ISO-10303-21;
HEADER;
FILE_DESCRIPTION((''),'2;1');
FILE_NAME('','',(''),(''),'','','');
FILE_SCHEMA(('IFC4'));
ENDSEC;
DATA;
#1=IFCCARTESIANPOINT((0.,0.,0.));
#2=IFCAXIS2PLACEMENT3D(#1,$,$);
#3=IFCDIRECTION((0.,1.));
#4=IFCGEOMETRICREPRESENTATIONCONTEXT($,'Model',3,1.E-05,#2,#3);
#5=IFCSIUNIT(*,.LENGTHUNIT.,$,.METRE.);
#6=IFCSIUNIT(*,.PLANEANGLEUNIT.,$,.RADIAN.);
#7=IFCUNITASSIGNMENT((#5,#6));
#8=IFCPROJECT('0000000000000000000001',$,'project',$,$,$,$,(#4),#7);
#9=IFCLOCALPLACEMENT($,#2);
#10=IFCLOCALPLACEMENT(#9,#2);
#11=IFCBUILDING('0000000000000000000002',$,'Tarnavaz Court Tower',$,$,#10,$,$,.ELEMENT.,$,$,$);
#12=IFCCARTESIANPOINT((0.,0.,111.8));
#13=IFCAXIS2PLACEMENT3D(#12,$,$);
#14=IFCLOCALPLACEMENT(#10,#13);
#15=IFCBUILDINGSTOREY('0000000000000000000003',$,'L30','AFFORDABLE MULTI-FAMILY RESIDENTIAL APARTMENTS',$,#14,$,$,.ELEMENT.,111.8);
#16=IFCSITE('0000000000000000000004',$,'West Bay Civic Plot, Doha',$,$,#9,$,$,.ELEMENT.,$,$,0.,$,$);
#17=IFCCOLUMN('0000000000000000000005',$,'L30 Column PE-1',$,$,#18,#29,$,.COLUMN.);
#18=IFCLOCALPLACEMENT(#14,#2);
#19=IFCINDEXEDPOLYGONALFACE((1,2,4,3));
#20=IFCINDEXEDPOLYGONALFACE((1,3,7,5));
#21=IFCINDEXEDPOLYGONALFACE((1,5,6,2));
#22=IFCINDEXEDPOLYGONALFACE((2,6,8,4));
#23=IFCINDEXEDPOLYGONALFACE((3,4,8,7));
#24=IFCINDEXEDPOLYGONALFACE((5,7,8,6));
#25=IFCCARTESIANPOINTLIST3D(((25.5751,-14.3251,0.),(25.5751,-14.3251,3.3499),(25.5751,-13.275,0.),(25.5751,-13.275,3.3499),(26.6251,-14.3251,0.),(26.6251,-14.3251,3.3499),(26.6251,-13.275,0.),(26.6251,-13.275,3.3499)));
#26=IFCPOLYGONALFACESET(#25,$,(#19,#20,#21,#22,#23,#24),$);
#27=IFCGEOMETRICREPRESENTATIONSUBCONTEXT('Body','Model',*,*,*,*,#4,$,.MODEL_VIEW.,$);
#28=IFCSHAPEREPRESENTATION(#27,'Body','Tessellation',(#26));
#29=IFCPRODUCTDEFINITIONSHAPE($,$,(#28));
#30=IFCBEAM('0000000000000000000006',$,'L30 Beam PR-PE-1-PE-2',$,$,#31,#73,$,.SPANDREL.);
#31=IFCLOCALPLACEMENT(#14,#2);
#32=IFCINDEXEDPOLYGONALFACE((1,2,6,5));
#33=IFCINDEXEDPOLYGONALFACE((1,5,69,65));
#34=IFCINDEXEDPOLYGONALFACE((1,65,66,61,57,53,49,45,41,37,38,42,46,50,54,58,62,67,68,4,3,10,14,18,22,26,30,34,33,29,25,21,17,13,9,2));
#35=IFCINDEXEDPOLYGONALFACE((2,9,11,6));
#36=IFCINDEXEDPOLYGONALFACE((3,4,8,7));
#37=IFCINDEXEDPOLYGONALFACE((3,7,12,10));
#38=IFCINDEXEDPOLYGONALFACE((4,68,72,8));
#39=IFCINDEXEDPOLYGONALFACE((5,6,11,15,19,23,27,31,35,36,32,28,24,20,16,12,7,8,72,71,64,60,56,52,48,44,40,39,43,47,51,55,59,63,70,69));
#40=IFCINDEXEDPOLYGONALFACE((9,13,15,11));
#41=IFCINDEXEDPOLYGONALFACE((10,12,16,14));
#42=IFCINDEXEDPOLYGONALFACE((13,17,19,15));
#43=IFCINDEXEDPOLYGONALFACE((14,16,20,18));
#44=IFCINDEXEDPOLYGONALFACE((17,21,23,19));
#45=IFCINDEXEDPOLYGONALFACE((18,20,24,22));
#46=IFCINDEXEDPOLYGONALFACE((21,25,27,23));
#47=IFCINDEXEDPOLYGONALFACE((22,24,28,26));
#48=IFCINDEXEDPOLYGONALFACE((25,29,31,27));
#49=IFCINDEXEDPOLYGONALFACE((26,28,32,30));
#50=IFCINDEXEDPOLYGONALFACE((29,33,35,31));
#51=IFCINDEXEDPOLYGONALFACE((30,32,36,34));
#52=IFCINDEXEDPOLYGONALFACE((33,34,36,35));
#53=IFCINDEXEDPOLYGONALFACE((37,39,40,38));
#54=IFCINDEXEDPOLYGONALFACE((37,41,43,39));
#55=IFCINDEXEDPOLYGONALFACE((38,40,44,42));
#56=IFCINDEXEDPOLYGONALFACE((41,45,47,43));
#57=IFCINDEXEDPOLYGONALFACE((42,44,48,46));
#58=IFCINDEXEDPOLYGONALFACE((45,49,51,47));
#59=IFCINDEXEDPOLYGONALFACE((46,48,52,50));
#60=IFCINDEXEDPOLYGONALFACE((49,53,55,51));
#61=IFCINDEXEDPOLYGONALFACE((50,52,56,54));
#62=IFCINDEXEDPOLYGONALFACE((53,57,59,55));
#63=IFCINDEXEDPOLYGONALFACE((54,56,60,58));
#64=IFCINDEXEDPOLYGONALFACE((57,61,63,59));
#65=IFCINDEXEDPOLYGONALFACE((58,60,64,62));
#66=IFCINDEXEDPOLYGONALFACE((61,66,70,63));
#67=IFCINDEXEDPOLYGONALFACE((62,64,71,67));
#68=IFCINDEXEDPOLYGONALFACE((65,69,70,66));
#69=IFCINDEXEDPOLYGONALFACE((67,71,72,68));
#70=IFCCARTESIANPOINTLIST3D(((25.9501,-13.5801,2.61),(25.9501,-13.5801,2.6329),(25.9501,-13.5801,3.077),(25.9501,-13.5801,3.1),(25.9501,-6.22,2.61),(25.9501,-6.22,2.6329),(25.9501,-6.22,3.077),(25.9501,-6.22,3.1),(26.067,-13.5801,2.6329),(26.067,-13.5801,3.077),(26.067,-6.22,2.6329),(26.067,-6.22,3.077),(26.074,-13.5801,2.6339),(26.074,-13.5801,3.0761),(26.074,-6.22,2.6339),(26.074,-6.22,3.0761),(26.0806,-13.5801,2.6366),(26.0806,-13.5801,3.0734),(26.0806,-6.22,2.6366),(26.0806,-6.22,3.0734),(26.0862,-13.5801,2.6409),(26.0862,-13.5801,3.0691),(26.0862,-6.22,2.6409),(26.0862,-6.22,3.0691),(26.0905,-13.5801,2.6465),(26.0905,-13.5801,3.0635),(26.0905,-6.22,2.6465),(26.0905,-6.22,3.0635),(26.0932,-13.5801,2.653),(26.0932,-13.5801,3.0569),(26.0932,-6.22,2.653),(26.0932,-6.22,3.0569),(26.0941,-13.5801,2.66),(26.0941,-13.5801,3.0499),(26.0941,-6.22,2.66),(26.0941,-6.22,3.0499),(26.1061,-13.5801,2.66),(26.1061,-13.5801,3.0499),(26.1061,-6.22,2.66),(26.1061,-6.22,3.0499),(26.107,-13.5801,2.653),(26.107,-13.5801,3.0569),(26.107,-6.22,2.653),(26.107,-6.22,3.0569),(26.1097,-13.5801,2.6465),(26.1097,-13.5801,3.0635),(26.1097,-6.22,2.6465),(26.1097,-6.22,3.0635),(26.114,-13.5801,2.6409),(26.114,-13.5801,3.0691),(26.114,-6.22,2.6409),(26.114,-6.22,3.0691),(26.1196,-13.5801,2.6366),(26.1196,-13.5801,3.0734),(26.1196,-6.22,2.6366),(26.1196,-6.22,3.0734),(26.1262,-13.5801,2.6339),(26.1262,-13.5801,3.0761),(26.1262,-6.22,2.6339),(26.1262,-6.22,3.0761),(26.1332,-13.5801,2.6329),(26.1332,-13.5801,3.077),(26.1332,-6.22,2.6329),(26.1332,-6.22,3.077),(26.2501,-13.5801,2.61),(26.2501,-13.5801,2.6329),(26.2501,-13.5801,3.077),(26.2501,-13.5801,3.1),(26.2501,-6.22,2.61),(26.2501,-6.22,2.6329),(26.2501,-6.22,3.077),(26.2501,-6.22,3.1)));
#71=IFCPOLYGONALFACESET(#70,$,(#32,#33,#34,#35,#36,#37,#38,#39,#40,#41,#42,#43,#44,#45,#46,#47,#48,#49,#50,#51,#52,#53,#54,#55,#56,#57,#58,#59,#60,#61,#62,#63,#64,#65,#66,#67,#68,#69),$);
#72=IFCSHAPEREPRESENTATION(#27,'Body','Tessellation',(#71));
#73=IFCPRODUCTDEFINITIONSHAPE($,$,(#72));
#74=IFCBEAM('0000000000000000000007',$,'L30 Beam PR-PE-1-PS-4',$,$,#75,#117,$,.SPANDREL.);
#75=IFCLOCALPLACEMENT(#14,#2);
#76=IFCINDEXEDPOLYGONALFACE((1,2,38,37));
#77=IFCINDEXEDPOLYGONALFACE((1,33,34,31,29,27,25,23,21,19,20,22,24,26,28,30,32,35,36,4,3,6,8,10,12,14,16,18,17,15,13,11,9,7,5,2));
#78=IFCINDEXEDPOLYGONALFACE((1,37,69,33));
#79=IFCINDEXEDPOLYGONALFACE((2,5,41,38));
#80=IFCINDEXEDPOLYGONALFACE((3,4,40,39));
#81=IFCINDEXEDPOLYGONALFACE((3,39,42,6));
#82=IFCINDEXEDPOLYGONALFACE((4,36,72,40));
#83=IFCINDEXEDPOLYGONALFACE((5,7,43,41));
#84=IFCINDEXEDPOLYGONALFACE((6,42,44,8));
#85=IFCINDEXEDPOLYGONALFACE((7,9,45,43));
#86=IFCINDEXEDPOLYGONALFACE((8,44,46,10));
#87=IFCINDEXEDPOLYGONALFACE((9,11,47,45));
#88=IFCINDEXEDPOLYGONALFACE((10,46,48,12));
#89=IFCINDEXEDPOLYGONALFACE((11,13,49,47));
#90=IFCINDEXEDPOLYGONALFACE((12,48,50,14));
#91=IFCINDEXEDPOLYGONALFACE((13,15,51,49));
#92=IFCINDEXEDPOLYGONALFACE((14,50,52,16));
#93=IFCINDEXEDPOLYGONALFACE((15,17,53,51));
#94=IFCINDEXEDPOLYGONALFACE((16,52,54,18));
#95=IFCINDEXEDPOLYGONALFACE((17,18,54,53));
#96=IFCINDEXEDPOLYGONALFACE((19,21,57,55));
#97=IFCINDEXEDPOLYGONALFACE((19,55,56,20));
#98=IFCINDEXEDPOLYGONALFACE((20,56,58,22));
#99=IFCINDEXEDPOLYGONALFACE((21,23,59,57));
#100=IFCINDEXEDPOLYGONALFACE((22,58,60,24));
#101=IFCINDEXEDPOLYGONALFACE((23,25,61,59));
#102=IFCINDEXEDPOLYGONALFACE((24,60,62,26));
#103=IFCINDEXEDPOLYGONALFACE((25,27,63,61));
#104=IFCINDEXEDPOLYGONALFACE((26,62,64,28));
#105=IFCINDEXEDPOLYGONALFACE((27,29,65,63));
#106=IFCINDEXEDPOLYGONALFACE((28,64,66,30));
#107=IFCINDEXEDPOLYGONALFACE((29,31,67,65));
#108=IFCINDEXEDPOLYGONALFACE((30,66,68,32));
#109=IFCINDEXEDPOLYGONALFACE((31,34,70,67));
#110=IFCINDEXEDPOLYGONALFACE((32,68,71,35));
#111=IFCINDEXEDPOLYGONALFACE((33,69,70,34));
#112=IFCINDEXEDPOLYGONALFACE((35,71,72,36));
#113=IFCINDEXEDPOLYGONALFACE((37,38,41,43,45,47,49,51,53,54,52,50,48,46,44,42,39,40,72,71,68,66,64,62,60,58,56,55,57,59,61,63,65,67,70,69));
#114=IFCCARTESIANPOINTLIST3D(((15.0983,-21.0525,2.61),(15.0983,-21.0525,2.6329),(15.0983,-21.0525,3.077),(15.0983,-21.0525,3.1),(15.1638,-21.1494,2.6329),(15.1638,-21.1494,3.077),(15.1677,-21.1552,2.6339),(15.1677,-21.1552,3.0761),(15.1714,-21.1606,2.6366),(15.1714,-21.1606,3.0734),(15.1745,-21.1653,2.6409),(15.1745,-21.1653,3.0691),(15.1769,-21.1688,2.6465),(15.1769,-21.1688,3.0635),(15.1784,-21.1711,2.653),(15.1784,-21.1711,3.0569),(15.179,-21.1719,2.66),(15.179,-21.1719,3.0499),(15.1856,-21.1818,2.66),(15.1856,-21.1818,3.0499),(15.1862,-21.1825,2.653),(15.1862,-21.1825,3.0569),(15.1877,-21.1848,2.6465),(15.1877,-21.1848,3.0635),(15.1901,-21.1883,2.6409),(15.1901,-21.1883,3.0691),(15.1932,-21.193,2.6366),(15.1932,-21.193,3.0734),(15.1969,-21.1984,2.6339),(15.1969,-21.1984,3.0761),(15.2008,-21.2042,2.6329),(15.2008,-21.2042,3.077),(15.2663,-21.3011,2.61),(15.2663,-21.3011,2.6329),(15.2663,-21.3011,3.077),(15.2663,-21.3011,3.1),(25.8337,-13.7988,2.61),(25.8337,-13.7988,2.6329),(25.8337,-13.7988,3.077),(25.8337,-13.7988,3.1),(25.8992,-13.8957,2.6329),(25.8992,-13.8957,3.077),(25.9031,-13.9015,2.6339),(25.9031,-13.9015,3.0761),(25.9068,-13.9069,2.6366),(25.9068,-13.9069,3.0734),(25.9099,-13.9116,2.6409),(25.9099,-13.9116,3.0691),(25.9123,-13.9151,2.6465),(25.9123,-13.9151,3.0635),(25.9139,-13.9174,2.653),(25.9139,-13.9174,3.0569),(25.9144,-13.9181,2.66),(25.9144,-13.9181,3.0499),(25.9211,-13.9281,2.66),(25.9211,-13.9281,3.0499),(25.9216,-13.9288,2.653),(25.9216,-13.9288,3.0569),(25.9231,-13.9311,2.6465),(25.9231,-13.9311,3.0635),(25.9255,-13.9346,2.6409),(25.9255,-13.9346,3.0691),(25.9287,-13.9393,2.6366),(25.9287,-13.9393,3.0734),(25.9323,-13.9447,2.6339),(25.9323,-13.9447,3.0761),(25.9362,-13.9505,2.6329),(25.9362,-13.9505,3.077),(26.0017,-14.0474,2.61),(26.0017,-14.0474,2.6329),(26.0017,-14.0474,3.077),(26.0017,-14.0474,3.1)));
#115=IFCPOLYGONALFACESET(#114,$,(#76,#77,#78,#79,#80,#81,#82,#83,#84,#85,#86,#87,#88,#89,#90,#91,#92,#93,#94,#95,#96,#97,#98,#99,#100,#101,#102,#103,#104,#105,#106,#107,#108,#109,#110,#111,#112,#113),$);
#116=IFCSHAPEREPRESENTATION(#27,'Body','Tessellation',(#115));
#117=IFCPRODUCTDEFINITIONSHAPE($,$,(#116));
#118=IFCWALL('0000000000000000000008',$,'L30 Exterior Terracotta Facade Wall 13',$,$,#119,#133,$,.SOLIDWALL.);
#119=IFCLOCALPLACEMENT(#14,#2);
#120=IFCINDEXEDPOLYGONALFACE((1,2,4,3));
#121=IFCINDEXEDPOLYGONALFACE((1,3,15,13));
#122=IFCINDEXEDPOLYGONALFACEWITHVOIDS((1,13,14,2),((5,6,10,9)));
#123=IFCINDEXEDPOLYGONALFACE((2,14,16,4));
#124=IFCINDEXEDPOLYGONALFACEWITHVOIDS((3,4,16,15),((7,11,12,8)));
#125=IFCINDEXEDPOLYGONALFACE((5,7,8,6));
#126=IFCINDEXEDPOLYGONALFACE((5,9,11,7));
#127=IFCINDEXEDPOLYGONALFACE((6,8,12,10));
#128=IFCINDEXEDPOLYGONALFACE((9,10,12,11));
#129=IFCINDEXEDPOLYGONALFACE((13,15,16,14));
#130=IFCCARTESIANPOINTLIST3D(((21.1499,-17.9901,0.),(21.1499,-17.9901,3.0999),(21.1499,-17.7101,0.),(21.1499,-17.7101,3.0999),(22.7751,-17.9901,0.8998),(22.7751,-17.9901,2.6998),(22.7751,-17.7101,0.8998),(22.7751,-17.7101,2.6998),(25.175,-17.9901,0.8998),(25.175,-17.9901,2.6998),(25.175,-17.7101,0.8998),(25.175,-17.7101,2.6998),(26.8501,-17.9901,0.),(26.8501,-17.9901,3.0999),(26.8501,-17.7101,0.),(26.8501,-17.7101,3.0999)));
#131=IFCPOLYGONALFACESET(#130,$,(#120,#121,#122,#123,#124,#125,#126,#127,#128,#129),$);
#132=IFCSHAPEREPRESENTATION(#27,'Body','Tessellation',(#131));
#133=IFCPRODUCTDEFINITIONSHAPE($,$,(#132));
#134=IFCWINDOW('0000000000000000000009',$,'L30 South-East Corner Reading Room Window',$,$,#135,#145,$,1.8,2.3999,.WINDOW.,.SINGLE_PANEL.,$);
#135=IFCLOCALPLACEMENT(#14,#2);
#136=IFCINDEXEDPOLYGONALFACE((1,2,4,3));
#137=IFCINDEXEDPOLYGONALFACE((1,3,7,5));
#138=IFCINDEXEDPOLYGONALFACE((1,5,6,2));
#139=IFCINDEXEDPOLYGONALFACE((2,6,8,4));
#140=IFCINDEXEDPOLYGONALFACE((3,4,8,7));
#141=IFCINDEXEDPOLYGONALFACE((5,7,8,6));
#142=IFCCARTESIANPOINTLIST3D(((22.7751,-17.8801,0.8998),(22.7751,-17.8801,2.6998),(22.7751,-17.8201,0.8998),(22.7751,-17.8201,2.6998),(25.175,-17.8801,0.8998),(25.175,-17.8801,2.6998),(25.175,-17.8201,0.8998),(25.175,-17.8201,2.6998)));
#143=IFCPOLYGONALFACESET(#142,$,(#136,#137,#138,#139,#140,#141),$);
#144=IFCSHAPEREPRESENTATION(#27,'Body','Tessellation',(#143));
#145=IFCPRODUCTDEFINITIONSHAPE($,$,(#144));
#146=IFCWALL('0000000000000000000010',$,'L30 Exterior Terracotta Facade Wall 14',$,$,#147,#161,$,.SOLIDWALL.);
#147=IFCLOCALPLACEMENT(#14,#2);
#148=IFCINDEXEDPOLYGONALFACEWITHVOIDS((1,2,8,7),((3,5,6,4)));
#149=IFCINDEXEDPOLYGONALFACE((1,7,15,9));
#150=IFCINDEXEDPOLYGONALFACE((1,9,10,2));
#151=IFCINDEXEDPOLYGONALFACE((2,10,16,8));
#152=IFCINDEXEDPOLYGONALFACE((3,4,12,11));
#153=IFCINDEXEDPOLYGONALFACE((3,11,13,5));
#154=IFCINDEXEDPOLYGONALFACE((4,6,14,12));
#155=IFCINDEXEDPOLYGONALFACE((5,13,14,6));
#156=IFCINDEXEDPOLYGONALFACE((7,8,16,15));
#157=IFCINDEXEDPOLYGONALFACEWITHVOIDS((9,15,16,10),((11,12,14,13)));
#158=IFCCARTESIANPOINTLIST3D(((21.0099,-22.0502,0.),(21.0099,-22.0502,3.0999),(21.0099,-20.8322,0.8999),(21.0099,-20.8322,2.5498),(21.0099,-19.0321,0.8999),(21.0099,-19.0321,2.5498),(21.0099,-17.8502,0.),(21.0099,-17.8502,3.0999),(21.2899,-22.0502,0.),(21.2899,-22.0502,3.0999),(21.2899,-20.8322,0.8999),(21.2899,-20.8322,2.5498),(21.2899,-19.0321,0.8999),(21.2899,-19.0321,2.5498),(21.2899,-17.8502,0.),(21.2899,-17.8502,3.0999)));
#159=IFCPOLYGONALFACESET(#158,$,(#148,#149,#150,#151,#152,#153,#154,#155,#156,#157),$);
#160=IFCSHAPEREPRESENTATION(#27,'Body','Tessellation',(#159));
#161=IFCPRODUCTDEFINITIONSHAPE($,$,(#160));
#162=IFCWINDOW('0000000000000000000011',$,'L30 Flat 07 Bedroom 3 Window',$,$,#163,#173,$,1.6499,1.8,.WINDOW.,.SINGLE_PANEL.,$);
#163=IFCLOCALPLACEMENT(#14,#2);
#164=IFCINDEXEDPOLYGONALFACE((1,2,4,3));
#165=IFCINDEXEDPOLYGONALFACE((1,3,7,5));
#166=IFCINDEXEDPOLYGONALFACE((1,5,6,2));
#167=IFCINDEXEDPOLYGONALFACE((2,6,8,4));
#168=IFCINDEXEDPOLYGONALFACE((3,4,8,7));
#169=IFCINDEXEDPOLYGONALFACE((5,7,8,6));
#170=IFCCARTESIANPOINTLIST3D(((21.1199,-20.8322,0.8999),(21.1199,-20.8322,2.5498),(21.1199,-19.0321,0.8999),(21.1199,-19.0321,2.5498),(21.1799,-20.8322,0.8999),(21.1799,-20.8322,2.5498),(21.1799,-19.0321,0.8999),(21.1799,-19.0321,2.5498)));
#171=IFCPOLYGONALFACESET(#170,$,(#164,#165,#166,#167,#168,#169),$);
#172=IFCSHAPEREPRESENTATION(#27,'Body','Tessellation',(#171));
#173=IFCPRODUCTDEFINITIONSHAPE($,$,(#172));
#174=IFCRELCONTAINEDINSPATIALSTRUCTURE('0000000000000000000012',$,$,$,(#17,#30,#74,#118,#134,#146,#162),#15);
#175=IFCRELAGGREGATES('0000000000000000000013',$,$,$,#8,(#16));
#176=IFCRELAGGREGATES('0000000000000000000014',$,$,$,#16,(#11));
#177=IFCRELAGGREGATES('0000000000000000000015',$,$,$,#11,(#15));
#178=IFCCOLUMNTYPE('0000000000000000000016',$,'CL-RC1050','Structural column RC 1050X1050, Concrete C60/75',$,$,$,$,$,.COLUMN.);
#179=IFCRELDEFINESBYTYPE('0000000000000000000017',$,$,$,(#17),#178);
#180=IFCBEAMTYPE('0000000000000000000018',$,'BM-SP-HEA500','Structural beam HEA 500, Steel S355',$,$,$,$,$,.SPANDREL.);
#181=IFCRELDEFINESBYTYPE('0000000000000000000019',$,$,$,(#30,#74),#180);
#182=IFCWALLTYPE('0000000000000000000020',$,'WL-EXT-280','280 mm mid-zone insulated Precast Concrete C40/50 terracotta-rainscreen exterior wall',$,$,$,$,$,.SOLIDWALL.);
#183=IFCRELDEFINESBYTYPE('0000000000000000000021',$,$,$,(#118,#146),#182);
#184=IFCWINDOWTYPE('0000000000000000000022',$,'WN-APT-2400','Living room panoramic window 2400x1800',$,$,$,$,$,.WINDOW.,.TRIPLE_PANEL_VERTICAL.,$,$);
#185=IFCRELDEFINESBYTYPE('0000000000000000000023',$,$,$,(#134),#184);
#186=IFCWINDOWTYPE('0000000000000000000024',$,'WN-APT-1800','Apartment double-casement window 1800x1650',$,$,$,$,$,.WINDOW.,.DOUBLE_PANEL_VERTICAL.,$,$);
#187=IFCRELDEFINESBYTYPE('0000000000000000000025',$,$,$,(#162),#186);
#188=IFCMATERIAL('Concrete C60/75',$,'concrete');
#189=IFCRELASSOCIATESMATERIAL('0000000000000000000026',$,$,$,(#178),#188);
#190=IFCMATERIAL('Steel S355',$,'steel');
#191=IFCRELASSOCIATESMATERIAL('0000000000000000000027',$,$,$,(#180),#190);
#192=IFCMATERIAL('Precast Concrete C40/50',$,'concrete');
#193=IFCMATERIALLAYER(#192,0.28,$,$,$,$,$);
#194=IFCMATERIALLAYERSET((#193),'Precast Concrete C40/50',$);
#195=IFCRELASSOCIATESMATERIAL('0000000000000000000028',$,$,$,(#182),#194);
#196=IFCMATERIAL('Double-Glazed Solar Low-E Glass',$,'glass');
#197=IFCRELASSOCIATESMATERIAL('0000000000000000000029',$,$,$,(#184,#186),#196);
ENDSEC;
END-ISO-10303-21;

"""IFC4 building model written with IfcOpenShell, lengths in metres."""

from ifc_helpers import new_model, si_unit, direction, frame, frame_2d, origin, origin_2d, place, context, subcontext, project, spatial, rectangle, i_section, extrude, material, layer, layer_set, material_profile, profile_set, type_object, element, fill, save


model = new_model("IFC4")

# Units and contexts
model_context = context("Model", 3, precision=1e-05, world=origin(), true_north=direction((0.0, 1.0)))
body_context = subcontext(model_context, "Body", "Model", "MODEL_VIEW")
ifc_project = project(units=[si_unit("LENGTHUNIT", "METRE"), si_unit("PLANEANGLEUNIT", "RADIAN")], contexts=[model_context])

# Site, building, storey
site_placement = place(None, origin())
site = spatial("IfcSite", under=ifc_project, at=site_placement, Name="West Bay Civic Plot, Doha", CompositionType="ELEMENT", RefElevation=0.0)
building_placement = place(site_placement, origin())
building = spatial("IfcBuilding", under=site, at=building_placement, Name="Tarnavaz Court Tower", CompositionType="ELEMENT")
storey_placement = place(building_placement, frame((0.0, 0.0, 111.8)))
storey = spatial("IfcBuildingStorey", under=building, at=storey_placement, Name="L30", Description="AFFORDABLE MULTI-FAMILY RESIDENTIAL APARTMENTS", CompositionType="ELEMENT", Elevation=111.8)

# Column
ifc_material_1 = material(Name="Concrete C60/75", Category="concrete")
ifc_material_profile_1 = material_profile(ifc_material_1, rectangle(XDim=1.05, YDim=1.05, at=origin_2d()), Name="RC 1050X1050")
ifc_profile_set_1 = profile_set([ifc_material_profile_1], Name="Concrete C60/75")
column_type = type_object("IfcColumnType", Name="CL-RC1050", Description="Structural column RC 1050X1050, Concrete C60/75", PredefinedType="COLUMN", material=ifc_profile_set_1)
column_placement = place(storey_placement, frame((26.1001, -13.8, 0.0), z_axis=(0.0, 0.0, 1.0), x_axis=(1.0, 0.0, 0.0)))
element("IfcColumn", 1, at=column_placement, inside=storey, type_object=column_type, Name="L30 Column PE-1", PredefinedType="COLUMN", context=body_context, shape_type="SweptSolid", body=[
    extrude(rectangle(XDim=1.05, YDim=1.05, at=origin_2d()), origin(), (0.0, 0.0, 1.0), 3.3499),
])

# Beams
ifc_material_2 = material(Name="Steel S355", Category="steel")
ifc_material_profile_2 = material_profile(ifc_material_2, i_section(OverallWidth=0.3, OverallDepth=0.49, WebThickness=0.012, FlangeThickness=0.0229, FilletRadius=0.0271, at=origin_2d()), Name="HEA 500")
ifc_profile_set_2 = profile_set([ifc_material_profile_2], Name="Steel S355")
beam_type = type_object("IfcBeamType", Name="BM-SP-HEA500", Description="Structural beam HEA 500, Steel S355", PredefinedType="SPANDREL", material=ifc_profile_set_2)
beam_1_placement = place(storey_placement, frame((26.1001, -13.5801, 2.855), z_axis=(0.0, 1.0, 0.0), x_axis=(-1.0, 0.0, 0.0)))
element("IfcBeam", 2, at=beam_1_placement, inside=storey, type_object=beam_type, Name="L30 Beam PR-PE-1-PE-2", PredefinedType="SPANDREL", context=body_context, shape_type="SweptSolid", body=[
    extrude(i_section(OverallWidth=0.3, OverallDepth=0.49, WebThickness=0.012, FlangeThickness=0.0229, FilletRadius=0.0271, at=origin_2d()), origin(), (0.0, 0.0, 1.0), 7.3601),
])
beam_2_placement = place(storey_placement, frame((25.9177, -13.9231, 2.855), z_axis=(-0.828587, -0.55986, 0.0), x_axis=(0.55986, -0.828587, 0.0)))
element("IfcBeam", 3, at=beam_2_placement, inside=storey, type_object=beam_type, Name="L30 Beam PR-PE-1-PS-4", PredefinedType="SPANDREL", context=body_context, shape_type="SweptSolid", body=[
    extrude(i_section(OverallWidth=0.3, OverallDepth=0.49, WebThickness=0.012, FlangeThickness=0.0229, FilletRadius=0.0271, at=origin_2d()), origin(), (0.0, 0.0, 1.0), 12.9563),
])

# Walls, openings, windows
ifc_material_3 = material(Name="Precast Concrete C40/50", Category="concrete")
ifc_layer_1 = layer(ifc_material_3, 0.28)
ifc_layer_set_1 = layer_set([ifc_layer_1], Name="Precast Concrete C40/50")
wall_type_1 = type_object("IfcWallType", Name="WL-EXT-280", Description="280 mm mid-zone insulated Precast Concrete C40/50 terracotta-rainscreen exterior wall", PredefinedType="SOLIDWALL", material=ifc_layer_set_1)
wall_1_placement = place(storey_placement, frame((26.8501, -17.8501, 0.0), z_axis=(0.0, 0.0, 1.0), x_axis=(-1.0, 0.0, 0.0)))
wall_1 = element("IfcWall", 4, at=wall_1_placement, inside=storey, type_object=wall_type_1, Name="L30 Exterior Terracotta Facade Wall 13", PredefinedType="SOLIDWALL", context=body_context, shape_type="SweptSolid", body=[
    extrude(rectangle(XDim=5.7002, YDim=0.28, at=frame_2d((2.8501, 0.0))), origin(), (0.0, 0.0, 1.0), 3.0999),
])
opening_1_placement = place(wall_1_placement, frame((1.675, 0.0, 0.8999)))
opening_1 = element("IfcOpeningElement", 5, at=opening_1_placement, cuts=wall_1, PredefinedType="OPENING", context=body_context, shape_type="SweptSolid", body=[
    extrude(rectangle(XDim=2.3999, YDim=1.8, at=frame_2d((1.2, 0.8999))), frame((0.0, 0.1499, 0.0), z_axis=(0.0, -1.0, 0.0), x_axis=(1.0, 0.0, 0.0)), (0.0, 0.0, 1.0), 0.3),
])
ifc_material_4 = material(Name="Double-Glazed Solar Low-E Glass", Category="glass")
window_type_1 = type_object("IfcWindowType", Name="WN-APT-2400", Description="Living room panoramic window 2400x1800", PartitioningType="TRIPLE_PANEL_VERTICAL", PredefinedType="WINDOW", material=ifc_material_4)
window_1_placement = place(opening_1_placement, origin())
window_1 = element("IfcWindow", 6, at=window_1_placement, inside=storey, type_object=window_type_1, Name="L30 South-East Corner Reading Room Window", OverallHeight=1.8, OverallWidth=2.3999, PartitioningType="SINGLE_PANEL", PredefinedType="WINDOW", context=body_context, shape_type="SweptSolid", body=[
    extrude(rectangle(XDim=2.3999, YDim=1.8, at=frame_2d((1.2, 0.8999))), frame((0.0, 0.03, 0.0), z_axis=(0.0, -1.0, 0.0), x_axis=(1.0, 0.0, 0.0)), (0.0, 0.0, 1.0), 0.0601),
])
fill(opening_1, window_1)
wall_2_placement = place(storey_placement, frame((21.1499, -17.8501, 0.0), z_axis=(0.0, 0.0, 1.0), x_axis=(0.0, -1.0, 0.0)))
wall_2 = element("IfcWall", 7, at=wall_2_placement, inside=storey, type_object=wall_type_1, Name="L30 Exterior Terracotta Facade Wall 14", PredefinedType="SOLIDWALL", context=body_context, shape_type="SweptSolid", body=[
    extrude(rectangle(XDim=4.2, YDim=0.28, at=frame_2d((2.1001, 0.0))), origin(), (0.0, 0.0, 1.0), 3.0999),
])
opening_2_placement = place(wall_2_placement, frame((1.1821, 0.0, 0.8999)))
opening_2 = element("IfcOpeningElement", 8, at=opening_2_placement, cuts=wall_2, PredefinedType="OPENING", context=body_context, shape_type="SweptSolid", body=[
    extrude(rectangle(XDim=1.8, YDim=1.6499, at=frame_2d((0.8999, 0.825))), frame((0.0, 0.1499, 0.0), z_axis=(0.0, -1.0, 0.0), x_axis=(1.0, 0.0, 0.0)), (0.0, 0.0, 1.0), 0.3),
])
window_type_2 = type_object("IfcWindowType", Name="WN-APT-1800", Description="Apartment double-casement window 1800x1650", PartitioningType="DOUBLE_PANEL_VERTICAL", PredefinedType="WINDOW", material=ifc_material_4)
window_2_placement = place(opening_2_placement, origin())
window_2 = element("IfcWindow", 9, at=window_2_placement, inside=storey, type_object=window_type_2, Name="L30 Flat 07 Bedroom 3 Window", OverallHeight=1.6499, OverallWidth=1.8, PartitioningType="SINGLE_PANEL", PredefinedType="WINDOW", context=body_context, shape_type="SweptSolid", body=[
    extrude(rectangle(XDim=1.8, YDim=1.6499, at=frame_2d((0.8999, 0.825))), frame((0.0, 0.03, 0.0), z_axis=(0.0, -1.0, 0.0), x_axis=(1.0, 0.0, 0.0)), (0.0, 0.0, 1.0), 0.0601),
])
fill(opening_2, window_2)

save(model, "model.ifc")
